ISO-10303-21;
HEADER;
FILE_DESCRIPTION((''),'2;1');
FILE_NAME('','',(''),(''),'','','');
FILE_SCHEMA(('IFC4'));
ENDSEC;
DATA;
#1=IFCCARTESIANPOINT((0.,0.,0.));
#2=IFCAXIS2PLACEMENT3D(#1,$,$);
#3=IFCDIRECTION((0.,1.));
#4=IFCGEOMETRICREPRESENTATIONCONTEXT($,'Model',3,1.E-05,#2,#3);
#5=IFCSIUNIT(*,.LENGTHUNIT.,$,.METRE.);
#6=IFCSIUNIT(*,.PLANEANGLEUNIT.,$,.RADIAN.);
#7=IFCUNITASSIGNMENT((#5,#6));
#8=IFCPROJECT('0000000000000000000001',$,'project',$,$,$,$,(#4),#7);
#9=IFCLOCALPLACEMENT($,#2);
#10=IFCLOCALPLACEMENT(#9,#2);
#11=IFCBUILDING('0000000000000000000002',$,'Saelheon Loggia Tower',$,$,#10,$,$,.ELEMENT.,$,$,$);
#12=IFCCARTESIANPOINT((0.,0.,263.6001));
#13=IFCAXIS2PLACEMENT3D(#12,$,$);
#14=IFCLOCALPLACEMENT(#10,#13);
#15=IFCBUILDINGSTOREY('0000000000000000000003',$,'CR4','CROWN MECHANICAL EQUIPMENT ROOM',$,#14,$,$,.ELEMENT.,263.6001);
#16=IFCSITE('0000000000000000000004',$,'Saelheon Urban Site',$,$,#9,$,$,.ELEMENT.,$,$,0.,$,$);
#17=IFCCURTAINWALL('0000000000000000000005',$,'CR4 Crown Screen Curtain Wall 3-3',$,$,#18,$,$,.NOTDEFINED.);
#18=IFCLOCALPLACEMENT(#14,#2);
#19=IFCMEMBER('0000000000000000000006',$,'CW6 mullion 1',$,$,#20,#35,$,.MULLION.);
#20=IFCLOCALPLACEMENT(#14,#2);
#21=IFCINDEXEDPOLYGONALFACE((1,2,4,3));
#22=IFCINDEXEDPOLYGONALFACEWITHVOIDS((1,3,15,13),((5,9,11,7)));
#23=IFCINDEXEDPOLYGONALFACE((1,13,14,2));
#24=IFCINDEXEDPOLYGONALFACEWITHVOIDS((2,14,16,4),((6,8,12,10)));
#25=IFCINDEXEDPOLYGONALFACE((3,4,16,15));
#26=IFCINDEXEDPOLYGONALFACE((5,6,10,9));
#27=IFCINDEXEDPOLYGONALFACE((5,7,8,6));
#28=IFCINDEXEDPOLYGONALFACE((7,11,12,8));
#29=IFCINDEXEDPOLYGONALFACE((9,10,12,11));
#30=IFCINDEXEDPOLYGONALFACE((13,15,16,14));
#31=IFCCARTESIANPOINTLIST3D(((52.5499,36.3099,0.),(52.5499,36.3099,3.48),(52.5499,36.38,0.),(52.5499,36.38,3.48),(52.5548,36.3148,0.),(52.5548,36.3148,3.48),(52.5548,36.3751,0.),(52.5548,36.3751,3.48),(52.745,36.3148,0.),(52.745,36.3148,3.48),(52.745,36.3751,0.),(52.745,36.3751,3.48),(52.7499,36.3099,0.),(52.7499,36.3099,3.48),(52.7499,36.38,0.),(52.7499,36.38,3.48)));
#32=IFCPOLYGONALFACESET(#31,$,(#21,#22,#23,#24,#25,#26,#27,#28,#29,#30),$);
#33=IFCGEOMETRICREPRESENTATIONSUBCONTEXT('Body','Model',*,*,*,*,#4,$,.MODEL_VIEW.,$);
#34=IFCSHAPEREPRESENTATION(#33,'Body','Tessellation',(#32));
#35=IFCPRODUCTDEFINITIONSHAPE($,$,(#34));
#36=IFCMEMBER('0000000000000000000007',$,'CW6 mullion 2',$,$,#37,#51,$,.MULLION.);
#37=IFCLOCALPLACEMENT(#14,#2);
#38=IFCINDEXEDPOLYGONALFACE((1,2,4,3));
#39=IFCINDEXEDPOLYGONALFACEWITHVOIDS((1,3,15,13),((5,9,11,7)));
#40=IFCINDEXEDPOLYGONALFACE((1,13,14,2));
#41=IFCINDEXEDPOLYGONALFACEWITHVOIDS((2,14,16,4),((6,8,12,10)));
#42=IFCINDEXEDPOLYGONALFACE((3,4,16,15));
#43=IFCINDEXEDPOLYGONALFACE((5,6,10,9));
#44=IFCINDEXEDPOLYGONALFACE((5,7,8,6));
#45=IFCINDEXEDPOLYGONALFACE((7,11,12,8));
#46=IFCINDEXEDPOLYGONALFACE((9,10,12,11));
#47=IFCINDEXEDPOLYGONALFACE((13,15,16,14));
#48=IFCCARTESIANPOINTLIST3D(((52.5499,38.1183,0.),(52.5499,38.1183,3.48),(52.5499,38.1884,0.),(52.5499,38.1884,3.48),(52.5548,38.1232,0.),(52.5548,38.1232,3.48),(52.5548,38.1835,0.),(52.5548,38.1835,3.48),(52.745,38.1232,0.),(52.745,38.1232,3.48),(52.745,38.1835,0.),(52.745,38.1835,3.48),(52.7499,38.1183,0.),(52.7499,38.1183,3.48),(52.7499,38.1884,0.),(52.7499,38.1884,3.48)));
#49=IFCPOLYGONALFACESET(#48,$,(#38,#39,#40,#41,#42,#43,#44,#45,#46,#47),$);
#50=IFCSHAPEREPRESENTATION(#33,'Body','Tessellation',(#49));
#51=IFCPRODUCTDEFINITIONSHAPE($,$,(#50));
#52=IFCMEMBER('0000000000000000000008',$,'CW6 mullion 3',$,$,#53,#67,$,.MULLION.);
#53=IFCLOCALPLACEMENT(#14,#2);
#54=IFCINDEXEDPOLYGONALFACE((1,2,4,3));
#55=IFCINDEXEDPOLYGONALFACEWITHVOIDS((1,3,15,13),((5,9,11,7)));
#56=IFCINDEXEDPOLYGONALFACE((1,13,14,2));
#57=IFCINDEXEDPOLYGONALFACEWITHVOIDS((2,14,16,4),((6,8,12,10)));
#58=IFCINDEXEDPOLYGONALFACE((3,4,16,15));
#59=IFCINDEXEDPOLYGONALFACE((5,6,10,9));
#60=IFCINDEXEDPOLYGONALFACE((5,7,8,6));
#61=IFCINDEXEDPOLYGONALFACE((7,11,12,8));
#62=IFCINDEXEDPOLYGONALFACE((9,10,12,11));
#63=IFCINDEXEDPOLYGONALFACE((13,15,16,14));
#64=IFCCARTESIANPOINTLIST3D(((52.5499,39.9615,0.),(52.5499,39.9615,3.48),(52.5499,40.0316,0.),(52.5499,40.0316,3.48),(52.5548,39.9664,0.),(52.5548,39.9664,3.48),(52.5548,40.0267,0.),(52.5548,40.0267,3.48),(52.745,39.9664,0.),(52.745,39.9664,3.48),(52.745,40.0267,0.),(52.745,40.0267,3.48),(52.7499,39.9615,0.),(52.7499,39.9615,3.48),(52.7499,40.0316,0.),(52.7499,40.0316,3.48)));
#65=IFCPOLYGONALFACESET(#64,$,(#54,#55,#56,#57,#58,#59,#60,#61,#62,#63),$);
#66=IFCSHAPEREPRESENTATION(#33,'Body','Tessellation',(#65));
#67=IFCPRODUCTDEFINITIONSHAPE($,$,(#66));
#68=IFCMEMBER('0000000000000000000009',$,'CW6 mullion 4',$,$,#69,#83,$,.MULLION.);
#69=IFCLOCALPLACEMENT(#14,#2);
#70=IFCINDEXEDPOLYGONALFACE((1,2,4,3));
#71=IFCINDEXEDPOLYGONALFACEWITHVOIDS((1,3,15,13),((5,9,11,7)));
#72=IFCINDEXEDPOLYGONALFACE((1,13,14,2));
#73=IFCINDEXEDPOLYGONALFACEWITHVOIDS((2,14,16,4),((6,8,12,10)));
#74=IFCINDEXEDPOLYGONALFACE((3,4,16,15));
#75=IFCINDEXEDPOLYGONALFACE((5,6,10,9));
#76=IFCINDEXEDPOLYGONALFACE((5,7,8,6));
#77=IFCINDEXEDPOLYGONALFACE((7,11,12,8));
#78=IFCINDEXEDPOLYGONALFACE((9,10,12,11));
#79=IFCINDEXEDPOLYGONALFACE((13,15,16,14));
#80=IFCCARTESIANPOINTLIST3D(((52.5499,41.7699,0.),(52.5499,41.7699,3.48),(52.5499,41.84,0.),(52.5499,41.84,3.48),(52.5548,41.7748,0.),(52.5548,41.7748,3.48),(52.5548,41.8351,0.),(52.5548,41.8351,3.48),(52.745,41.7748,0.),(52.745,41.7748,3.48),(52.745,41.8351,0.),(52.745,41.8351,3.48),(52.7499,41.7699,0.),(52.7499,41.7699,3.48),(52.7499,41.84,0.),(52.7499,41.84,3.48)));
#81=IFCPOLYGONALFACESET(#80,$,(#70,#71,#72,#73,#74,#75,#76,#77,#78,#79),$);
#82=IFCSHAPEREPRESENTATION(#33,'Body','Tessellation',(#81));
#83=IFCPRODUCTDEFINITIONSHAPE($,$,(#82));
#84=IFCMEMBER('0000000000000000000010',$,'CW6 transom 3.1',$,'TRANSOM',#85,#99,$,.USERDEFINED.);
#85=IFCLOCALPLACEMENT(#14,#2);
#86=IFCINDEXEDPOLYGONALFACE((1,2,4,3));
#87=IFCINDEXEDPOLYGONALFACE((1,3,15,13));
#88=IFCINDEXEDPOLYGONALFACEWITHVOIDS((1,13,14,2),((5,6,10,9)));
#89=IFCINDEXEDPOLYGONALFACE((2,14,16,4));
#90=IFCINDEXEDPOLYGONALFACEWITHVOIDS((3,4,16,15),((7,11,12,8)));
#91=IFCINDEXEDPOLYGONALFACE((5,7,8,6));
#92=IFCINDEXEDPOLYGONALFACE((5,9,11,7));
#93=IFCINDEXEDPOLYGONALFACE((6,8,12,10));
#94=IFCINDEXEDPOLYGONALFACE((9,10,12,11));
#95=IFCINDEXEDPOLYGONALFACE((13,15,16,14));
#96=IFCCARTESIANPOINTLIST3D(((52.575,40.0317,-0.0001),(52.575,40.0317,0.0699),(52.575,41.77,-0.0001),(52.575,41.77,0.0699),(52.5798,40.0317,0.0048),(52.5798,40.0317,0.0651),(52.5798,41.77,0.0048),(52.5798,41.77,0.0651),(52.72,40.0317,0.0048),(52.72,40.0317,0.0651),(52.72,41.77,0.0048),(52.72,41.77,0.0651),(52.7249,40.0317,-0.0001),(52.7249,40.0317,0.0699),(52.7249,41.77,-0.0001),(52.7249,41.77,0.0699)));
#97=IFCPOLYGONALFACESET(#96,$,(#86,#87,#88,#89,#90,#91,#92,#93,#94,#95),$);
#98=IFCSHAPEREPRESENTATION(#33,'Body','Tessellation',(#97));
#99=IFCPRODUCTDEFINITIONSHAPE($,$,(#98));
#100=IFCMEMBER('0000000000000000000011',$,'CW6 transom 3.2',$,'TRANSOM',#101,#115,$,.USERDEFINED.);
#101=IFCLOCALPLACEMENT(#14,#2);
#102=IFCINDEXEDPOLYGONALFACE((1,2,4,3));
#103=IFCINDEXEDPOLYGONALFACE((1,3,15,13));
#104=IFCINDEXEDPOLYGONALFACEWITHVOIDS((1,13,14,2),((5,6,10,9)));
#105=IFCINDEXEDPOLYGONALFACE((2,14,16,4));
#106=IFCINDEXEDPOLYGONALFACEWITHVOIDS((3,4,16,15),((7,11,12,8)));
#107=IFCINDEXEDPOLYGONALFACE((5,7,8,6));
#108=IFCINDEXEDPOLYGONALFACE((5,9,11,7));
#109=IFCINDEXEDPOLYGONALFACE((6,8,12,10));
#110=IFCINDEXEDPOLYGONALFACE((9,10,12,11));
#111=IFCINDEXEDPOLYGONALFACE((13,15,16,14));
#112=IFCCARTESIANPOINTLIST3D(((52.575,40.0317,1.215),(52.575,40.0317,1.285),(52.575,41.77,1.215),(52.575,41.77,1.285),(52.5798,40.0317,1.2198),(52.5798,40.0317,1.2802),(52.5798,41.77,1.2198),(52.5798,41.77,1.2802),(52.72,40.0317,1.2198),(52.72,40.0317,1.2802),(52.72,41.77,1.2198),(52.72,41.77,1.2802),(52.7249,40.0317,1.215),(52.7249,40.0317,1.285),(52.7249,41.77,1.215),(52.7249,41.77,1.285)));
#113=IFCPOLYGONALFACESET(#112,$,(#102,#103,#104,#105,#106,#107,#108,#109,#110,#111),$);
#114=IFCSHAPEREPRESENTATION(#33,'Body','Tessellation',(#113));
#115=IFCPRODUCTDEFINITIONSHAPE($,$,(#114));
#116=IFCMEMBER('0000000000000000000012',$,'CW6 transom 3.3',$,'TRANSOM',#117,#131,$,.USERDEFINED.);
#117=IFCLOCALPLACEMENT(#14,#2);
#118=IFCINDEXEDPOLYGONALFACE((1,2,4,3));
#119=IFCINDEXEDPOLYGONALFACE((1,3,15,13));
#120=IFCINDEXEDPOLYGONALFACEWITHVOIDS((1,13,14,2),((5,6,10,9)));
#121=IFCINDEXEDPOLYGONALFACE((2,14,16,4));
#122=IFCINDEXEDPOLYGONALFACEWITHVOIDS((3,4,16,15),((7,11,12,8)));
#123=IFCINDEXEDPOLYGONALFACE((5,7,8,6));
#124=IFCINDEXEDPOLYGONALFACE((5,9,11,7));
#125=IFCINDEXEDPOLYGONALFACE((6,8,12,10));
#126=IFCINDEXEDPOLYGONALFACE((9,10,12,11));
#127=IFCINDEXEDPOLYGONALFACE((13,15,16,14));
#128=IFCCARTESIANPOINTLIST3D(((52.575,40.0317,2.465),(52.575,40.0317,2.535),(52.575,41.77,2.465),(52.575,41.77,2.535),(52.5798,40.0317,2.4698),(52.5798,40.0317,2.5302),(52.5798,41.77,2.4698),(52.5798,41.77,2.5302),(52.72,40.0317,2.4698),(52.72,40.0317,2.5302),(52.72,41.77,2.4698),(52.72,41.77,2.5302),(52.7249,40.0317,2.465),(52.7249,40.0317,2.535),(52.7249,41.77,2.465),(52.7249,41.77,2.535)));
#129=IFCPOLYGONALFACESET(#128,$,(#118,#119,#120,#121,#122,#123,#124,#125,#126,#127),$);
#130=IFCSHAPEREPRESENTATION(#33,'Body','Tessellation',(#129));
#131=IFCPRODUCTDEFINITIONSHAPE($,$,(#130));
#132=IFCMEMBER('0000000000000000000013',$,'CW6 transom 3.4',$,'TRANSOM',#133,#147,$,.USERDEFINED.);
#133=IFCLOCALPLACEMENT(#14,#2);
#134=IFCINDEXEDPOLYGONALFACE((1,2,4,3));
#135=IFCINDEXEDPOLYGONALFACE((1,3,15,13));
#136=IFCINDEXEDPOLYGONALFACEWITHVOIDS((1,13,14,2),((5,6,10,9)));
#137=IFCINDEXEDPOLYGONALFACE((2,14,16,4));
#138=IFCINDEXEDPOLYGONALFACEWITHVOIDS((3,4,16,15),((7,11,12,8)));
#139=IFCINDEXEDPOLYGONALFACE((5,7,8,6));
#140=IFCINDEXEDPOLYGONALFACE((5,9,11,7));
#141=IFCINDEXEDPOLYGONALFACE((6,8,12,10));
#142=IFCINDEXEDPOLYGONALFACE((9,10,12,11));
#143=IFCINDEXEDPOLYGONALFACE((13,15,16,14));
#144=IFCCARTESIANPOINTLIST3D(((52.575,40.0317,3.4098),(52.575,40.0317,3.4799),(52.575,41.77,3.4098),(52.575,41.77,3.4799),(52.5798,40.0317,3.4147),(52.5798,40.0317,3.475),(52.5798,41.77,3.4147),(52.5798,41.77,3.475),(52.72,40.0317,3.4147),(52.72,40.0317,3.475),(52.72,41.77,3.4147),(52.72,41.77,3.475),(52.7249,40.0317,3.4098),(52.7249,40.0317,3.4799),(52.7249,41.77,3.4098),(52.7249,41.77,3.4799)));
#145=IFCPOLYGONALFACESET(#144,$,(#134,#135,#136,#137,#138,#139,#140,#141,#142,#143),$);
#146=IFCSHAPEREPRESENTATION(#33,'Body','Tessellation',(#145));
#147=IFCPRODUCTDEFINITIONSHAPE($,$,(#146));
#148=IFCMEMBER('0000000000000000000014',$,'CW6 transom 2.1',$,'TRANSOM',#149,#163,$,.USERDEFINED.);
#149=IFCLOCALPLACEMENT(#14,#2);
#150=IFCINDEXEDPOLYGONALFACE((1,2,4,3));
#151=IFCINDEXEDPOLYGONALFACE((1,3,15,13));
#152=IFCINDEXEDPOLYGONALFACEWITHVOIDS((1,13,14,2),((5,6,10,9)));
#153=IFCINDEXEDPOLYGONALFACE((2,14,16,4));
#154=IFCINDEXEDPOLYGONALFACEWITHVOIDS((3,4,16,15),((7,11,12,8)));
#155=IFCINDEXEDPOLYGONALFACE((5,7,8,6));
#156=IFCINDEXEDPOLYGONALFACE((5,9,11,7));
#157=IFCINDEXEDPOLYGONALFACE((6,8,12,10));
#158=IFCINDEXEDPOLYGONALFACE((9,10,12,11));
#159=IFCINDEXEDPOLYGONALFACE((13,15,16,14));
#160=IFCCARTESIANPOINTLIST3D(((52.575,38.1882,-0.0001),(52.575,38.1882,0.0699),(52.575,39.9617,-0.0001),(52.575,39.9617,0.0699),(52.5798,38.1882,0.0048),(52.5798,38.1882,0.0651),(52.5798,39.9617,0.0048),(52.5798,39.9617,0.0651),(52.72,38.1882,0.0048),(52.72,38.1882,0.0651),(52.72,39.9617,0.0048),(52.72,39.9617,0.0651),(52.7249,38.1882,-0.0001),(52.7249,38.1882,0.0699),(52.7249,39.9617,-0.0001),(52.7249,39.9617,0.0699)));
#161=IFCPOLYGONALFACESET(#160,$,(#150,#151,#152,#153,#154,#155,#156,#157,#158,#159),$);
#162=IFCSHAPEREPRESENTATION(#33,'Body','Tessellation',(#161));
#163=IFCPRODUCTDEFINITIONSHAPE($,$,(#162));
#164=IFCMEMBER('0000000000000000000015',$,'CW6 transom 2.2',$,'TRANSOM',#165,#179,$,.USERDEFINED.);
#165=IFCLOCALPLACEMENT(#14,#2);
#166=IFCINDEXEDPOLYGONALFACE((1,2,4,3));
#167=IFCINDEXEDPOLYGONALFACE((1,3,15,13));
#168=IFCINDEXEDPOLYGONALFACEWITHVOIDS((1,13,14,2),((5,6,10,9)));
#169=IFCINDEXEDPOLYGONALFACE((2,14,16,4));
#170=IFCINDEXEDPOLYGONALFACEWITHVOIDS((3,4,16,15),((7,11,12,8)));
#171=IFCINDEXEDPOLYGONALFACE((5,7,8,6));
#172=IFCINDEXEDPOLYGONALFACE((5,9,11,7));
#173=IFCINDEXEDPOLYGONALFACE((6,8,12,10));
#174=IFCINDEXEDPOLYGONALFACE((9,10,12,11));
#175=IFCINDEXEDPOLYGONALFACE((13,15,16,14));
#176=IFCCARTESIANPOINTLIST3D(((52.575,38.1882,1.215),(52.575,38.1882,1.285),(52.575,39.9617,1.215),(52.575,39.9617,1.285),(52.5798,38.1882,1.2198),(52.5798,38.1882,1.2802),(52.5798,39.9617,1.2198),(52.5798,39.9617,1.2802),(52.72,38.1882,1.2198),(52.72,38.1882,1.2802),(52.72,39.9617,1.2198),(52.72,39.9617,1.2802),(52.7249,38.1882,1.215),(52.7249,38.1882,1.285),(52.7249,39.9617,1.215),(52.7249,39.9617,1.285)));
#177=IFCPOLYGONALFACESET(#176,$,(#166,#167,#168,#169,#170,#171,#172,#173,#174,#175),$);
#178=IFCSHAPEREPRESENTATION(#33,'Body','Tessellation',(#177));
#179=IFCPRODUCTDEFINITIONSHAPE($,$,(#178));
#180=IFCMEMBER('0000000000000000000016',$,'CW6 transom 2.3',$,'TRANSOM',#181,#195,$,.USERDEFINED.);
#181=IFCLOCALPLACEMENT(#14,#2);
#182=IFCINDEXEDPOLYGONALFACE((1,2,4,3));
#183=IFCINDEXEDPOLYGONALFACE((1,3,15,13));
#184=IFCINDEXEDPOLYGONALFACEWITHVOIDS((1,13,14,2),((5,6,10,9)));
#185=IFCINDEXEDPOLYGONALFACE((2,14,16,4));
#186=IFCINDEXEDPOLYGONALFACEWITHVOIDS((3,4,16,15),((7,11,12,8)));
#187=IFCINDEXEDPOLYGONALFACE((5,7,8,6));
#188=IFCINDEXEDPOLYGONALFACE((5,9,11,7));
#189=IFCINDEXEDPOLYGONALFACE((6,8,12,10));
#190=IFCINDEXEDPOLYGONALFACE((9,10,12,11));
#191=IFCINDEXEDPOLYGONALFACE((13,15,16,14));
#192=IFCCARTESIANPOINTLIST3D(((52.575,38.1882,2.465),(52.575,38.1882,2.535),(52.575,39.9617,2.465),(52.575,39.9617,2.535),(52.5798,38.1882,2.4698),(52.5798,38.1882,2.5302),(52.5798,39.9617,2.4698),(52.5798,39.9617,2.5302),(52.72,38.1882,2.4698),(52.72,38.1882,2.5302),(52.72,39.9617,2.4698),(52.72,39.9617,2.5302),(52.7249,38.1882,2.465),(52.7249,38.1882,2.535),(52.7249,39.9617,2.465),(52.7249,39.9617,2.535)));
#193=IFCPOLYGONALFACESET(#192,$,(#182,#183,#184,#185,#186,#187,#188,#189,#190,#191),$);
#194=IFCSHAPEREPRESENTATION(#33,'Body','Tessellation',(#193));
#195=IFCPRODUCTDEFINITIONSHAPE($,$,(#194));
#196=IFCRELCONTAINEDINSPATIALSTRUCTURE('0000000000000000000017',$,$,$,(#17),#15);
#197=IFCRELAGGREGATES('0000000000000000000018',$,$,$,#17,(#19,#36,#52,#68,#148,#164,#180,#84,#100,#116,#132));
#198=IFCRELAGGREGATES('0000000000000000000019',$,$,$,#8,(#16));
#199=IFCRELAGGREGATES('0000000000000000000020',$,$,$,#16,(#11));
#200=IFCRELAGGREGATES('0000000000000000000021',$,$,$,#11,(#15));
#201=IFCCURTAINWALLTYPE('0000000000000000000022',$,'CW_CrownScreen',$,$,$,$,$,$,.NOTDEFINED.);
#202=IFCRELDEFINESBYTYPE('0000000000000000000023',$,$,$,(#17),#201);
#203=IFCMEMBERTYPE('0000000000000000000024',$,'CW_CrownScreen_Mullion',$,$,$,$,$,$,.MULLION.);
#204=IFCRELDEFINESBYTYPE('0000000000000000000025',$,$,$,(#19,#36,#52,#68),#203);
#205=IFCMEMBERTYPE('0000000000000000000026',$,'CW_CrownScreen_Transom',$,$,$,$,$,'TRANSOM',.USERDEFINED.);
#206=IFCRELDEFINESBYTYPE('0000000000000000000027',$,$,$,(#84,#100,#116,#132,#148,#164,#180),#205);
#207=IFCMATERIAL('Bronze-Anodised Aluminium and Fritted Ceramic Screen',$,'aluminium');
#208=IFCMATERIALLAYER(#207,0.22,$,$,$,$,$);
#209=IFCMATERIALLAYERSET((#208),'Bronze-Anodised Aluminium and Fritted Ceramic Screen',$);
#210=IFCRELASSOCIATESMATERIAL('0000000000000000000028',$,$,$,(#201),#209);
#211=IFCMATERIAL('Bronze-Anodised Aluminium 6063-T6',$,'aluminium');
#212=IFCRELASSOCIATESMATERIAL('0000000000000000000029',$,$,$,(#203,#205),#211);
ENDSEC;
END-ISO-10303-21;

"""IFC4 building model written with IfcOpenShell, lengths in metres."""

from ifc_helpers import new_model, si_unit, direction, frame, origin, origin_2d, place, context, subcontext, project, spatial, hollow_rectangle, extrude, source, transform, mapped, material, layer, layer_set, material_profile, profile_set, type_object, element, aggregate, save


model = new_model("IFC4")

# Units and contexts
model_context = context("Model", 3, precision=1e-05, world=origin(), true_north=direction((0.0, 1.0)))
body_context = subcontext(model_context, "Body", "Model", "MODEL_VIEW")
ifc_project = project(units=[si_unit("LENGTHUNIT", "METRE"), si_unit("PLANEANGLEUNIT", "RADIAN")], contexts=[model_context])

# Site, building, storey
site_placement = place(None, origin())
site = spatial("IfcSite", under=ifc_project, at=site_placement, Name="Saelheon Urban Site", CompositionType="ELEMENT", RefElevation=0.0)
building_placement = place(site_placement, origin())
building = spatial("IfcBuilding", under=site, at=building_placement, Name="Saelheon Loggia Tower", CompositionType="ELEMENT")
storey_placement = place(building_placement, frame((0.0, 0.0, 263.6001)))
storey = spatial("IfcBuildingStorey", under=building, at=storey_placement, Name="CR4", Description="CROWN MECHANICAL EQUIPMENT ROOM", CompositionType="ELEMENT", Elevation=263.6001)

# Curtain wall, members
ifc_material_1 = material(Name="Bronze-Anodised Aluminium and Fritted Ceramic Screen", Category="aluminium")
ifc_layer_1 = layer(ifc_material_1, 0.22)
ifc_layer_set_1 = layer_set([ifc_layer_1], Name="Bronze-Anodised Aluminium and Fritted Ceramic Screen")
curtain_wall_type = type_object("IfcCurtainWallType", Name="CW_CrownScreen", PredefinedType="NOTDEFINED", material=ifc_layer_set_1)
curtain_wall_placement = place(storey_placement, origin())
curtain_wall = element("IfcCurtainWall", 1, at=curtain_wall_placement, inside=storey, type_object=curtain_wall_type, Name="CR4 Crown Screen Curtain Wall 3-3", PredefinedType="NOTDEFINED")
ifc_material_2 = material(Name="Bronze-Anodised Aluminium 6063-T6", Category="aluminium")
ifc_material_profile_1 = material_profile(ifc_material_2, hollow_rectangle(XDim=0.0701, YDim=0.2, WallThickness=0.0049, at=origin_2d()), Name="RHS-200x70x5")
ifc_profile_set_1 = profile_set([ifc_material_profile_1], Name="Bronze-Anodised Aluminium 6063-T6")
member_type_1 = type_object("IfcMemberType", Name="CW_CrownScreen_Mullion", PredefinedType="MULLION", material=ifc_profile_set_1)
shared_shape_1 = source(origin(), body_context, "Body", "SweptSolid", [
    extrude(hollow_rectangle(XDim=0.0701, YDim=0.2, WallThickness=0.0049, at=origin_2d()), origin(), (0.0, 0.0, 1.0), 3.48),
])
member_1_placement = place(storey_placement, frame((52.6499, 36.345, 0.0), z_axis=(0.0, 0.0, 1.0), x_axis=(0.0, 1.0, 0.0)))
member_1 = element("IfcMember", 2, at=member_1_placement, type_object=member_type_1, Name="CW6 mullion 1", PredefinedType="MULLION", context=body_context, shape_type="MappedRepresentation", body=[
    mapped(shared_shape_1, transform((0.0, 0.0, 0.0), scale=1.0)),
])
member_2_placement = place(storey_placement, frame((52.6499, 38.1533, 0.0), z_axis=(0.0, 0.0, 1.0), x_axis=(0.0, 1.0, 0.0)))
member_2 = element("IfcMember", 3, at=member_2_placement, type_object=member_type_1, Name="CW6 mullion 2", PredefinedType="MULLION", context=body_context, shape_type="MappedRepresentation", body=[
    mapped(shared_shape_1, transform((0.0, 0.0, 0.0), scale=1.0)),
])
member_3_placement = place(storey_placement, frame((52.6499, 39.9966, 0.0), z_axis=(0.0, 0.0, 1.0), x_axis=(0.0, 1.0, 0.0)))
member_3 = element("IfcMember", 4, at=member_3_placement, type_object=member_type_1, Name="CW6 mullion 3", PredefinedType="MULLION", context=body_context, shape_type="MappedRepresentation", body=[
    mapped(shared_shape_1, transform((0.0, 0.0, 0.0), scale=1.0)),
])
member_4_placement = place(storey_placement, frame((52.6499, 41.8049, 0.0), z_axis=(0.0, 0.0, 1.0), x_axis=(0.0, 1.0, 0.0)))
member_4 = element("IfcMember", 5, at=member_4_placement, type_object=member_type_1, Name="CW6 mullion 4", PredefinedType="MULLION", context=body_context, shape_type="MappedRepresentation", body=[
    mapped(shared_shape_1, transform((0.0, 0.0, 0.0), scale=1.0)),
])
ifc_material_profile_2 = material_profile(ifc_material_2, hollow_rectangle(XDim=0.0701, YDim=0.1499, WallThickness=0.0049, at=origin_2d()), Name="RHS-150x70x5")
ifc_profile_set_2 = profile_set([ifc_material_profile_2], Name="Bronze-Anodised Aluminium 6063-T6")
member_type_2 = type_object("IfcMemberType", Name="CW_CrownScreen_Transom", ElementType="TRANSOM", PredefinedType="USERDEFINED", material=ifc_profile_set_2)
shared_shape_2 = source(origin(), body_context, "Body", "SweptSolid", [
    extrude(hollow_rectangle(XDim=0.0701, YDim=0.1499, WallThickness=0.0049, at=origin_2d()), origin(), (0.0, 0.0, 1.0), 1.7383),
])
member_5_placement = place(storey_placement, frame((52.6499, 40.0317, 0.0349), z_axis=(0.0, 1.0, 0.0), x_axis=(0.0, 0.0, 1.0)))
member_5 = element("IfcMember", 6, at=member_5_placement, type_object=member_type_2, Name="CW6 transom 3.1", ObjectType="TRANSOM", PredefinedType="USERDEFINED", context=body_context, shape_type="MappedRepresentation", body=[
    mapped(shared_shape_2, transform((0.0, 0.0, 0.0), scale=1.0)),
])
member_6_placement = place(storey_placement, frame((52.6499, 40.0317, 1.25), z_axis=(0.0, 1.0, 0.0), x_axis=(0.0, 0.0, 1.0)))
member_6 = element("IfcMember", 7, at=member_6_placement, type_object=member_type_2, Name="CW6 transom 3.2", ObjectType="TRANSOM", PredefinedType="USERDEFINED", context=body_context, shape_type="MappedRepresentation", body=[
    mapped(shared_shape_2, transform((0.0, 0.0, 0.0), scale=1.0)),
])
member_7_placement = place(storey_placement, frame((52.6499, 40.0317, 2.5), z_axis=(0.0, 1.0, 0.0), x_axis=(0.0, 0.0, 1.0)))
member_7 = element("IfcMember", 8, at=member_7_placement, type_object=member_type_2, Name="CW6 transom 3.3", ObjectType="TRANSOM", PredefinedType="USERDEFINED", context=body_context, shape_type="MappedRepresentation", body=[
    mapped(shared_shape_2, transform((0.0, 0.0, 0.0), scale=1.0)),
])
member_8_placement = place(storey_placement, frame((52.6499, 40.0317, 3.4448), z_axis=(0.0, 1.0, 0.0), x_axis=(0.0, 0.0, 1.0)))
member_8 = element("IfcMember", 9, at=member_8_placement, type_object=member_type_2, Name="CW6 transom 3.4", ObjectType="TRANSOM", PredefinedType="USERDEFINED", context=body_context, shape_type="MappedRepresentation", body=[
    mapped(shared_shape_2, transform((0.0, 0.0, 0.0), scale=1.0)),
])
shared_shape_3 = source(origin(), body_context, "Body", "SweptSolid", [
    extrude(hollow_rectangle(XDim=0.0701, YDim=0.1499, WallThickness=0.0049, at=origin_2d()), origin(), (0.0, 0.0, 1.0), 1.7734),
])
member_9_placement = place(storey_placement, frame((52.6499, 38.1882, 0.0349), z_axis=(0.0, 1.0, 0.0), x_axis=(0.0, 0.0, 1.0)))
member_9 = element("IfcMember", 10, at=member_9_placement, type_object=member_type_2, Name="CW6 transom 2.1", ObjectType="TRANSOM", PredefinedType="USERDEFINED", context=body_context, shape_type="MappedRepresentation", body=[
    mapped(shared_shape_3, transform((0.0, 0.0, 0.0), scale=1.0)),
])
member_10_placement = place(storey_placement, frame((52.6499, 38.1882, 1.25), z_axis=(0.0, 1.0, 0.0), x_axis=(0.0, 0.0, 1.0)))
member_10 = element("IfcMember", 11, at=member_10_placement, type_object=member_type_2, Name="CW6 transom 2.2", ObjectType="TRANSOM", PredefinedType="USERDEFINED", context=body_context, shape_type="MappedRepresentation", body=[
    mapped(shared_shape_3, transform((0.0, 0.0, 0.0), scale=1.0)),
])
member_11_placement = place(storey_placement, frame((52.6499, 38.1882, 2.5), z_axis=(0.0, 1.0, 0.0), x_axis=(0.0, 0.0, 1.0)))
member_11 = element("IfcMember", 12, at=member_11_placement, type_object=member_type_2, Name="CW6 transom 2.3", ObjectType="TRANSOM", PredefinedType="USERDEFINED", context=body_context, shape_type="MappedRepresentation", body=[
    mapped(shared_shape_3, transform((0.0, 0.0, 0.0), scale=1.0)),
])
aggregate(curtain_wall, [member_1, member_2, member_3, member_4, member_9, member_10, member_11, member_5, member_6, member_7, member_8])

save(model, "model.ifc")
